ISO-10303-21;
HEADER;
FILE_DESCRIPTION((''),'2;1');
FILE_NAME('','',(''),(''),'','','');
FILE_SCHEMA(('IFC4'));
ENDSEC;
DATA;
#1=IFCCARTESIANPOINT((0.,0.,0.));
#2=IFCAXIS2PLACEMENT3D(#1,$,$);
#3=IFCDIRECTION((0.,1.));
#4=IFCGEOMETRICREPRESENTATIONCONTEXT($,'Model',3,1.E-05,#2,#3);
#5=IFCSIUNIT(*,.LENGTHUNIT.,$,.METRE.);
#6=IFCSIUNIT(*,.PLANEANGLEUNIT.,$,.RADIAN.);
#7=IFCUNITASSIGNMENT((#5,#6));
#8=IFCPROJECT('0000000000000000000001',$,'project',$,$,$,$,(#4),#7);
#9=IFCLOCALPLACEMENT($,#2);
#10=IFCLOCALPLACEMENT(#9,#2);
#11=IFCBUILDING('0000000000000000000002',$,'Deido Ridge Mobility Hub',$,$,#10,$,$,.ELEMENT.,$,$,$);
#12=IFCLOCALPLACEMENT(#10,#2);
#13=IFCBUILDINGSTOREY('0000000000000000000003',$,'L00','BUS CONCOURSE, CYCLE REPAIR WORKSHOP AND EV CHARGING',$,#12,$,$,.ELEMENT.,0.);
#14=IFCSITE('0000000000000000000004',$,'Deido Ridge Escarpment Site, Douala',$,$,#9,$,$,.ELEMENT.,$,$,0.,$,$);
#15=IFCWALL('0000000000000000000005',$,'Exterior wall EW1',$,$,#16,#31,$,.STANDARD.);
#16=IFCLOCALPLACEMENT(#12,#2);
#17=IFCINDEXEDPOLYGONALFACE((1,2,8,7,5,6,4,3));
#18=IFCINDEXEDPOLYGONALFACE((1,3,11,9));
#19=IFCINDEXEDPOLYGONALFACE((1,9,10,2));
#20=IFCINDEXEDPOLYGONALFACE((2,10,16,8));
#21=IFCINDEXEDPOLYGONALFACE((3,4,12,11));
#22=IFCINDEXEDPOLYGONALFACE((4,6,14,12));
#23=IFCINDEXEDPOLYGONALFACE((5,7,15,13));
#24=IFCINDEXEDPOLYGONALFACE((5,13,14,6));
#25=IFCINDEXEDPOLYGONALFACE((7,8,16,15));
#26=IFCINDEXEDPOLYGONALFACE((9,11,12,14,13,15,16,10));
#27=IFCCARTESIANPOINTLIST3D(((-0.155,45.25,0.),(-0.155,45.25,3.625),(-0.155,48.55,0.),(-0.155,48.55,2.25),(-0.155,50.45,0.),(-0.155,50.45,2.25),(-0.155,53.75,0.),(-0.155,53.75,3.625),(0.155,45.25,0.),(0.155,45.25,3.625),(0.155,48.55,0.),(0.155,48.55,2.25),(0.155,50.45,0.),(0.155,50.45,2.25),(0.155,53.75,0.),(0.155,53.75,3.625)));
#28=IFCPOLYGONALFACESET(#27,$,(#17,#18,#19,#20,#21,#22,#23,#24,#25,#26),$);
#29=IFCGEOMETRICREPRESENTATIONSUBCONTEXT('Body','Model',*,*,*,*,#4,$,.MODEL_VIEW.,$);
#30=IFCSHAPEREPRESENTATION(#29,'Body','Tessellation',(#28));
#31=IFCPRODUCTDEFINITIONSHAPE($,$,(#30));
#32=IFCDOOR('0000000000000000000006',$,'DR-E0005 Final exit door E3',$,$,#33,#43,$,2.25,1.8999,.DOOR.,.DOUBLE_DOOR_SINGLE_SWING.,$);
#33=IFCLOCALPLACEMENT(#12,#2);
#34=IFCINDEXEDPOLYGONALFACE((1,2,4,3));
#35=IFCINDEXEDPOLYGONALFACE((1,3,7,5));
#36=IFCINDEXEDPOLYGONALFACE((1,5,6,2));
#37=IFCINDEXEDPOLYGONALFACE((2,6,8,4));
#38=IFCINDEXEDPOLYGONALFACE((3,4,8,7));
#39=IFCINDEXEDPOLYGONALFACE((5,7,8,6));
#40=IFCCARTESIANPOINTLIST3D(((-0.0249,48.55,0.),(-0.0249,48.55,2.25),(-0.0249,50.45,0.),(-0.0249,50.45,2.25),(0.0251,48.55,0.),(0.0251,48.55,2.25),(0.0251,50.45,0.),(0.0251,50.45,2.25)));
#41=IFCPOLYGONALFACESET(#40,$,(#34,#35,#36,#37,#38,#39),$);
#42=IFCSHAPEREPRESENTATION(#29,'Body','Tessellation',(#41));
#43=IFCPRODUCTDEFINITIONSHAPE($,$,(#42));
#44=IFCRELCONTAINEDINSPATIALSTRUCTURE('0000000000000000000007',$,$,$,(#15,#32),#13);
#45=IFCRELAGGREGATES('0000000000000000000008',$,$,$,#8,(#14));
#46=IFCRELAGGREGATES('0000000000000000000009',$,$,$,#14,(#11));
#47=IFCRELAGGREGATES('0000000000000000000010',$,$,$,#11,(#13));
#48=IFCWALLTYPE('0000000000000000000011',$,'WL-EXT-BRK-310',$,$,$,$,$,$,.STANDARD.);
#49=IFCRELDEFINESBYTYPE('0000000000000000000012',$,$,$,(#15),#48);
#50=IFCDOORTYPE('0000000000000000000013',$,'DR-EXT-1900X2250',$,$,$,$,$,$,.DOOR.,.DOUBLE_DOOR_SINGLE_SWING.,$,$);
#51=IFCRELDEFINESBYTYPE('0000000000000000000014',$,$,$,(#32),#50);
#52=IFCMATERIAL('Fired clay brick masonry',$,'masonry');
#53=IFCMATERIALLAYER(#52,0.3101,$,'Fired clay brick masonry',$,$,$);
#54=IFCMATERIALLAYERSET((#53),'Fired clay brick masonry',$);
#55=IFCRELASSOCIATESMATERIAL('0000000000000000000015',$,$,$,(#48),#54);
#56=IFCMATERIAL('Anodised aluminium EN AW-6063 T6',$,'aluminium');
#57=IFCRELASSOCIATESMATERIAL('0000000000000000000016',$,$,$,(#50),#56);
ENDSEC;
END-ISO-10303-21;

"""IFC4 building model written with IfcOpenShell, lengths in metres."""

from ifc_helpers import new_model, si_unit, direction, frame, frame_2d, origin, place, context, subcontext, project, spatial, rectangle, extrude, material, layer, layer_set, type_object, element, fill, save


model = new_model("IFC4")

# Units and contexts
model_context = context("Model", 3, precision=1e-05, world=origin(), true_north=direction((0.0, 1.0)))
body_context = subcontext(model_context, "Body", "Model", "MODEL_VIEW")
ifc_project = project(units=[si_unit("LENGTHUNIT", "METRE"), si_unit("PLANEANGLEUNIT", "RADIAN")], contexts=[model_context])

# Site, building, storey
site_placement = place(None, origin())
site = spatial("IfcSite", under=ifc_project, at=site_placement, Name="Deido Ridge Escarpment Site, Douala", CompositionType="ELEMENT", RefElevation=0.0)
building_placement = place(site_placement, origin())
building = spatial("IfcBuilding", under=site, at=building_placement, Name="Deido Ridge Mobility Hub", CompositionType="ELEMENT")
storey_placement = place(building_placement, origin())
storey = spatial("IfcBuildingStorey", under=building, at=storey_placement, Name="L00", Description="BUS CONCOURSE, CYCLE REPAIR WORKSHOP AND EV CHARGING", CompositionType="ELEMENT", Elevation=0.0)

# Shared definitions
ifc_material_1 = material(Name="Fired clay brick masonry", Category="masonry")

# Wall, opening, door
ifc_layer_1 = layer(ifc_material_1, 0.3101, Name="Fired clay brick masonry")
ifc_layer_set_1 = layer_set([ifc_layer_1], Name="Fired clay brick masonry")
wall_type_1 = type_object("IfcWallType", Name="WL-EXT-BRK-310", PredefinedType="STANDARD", material=ifc_layer_set_1)
wall_1_placement = place(storey_placement, frame((0.0, 45.25, 0.0), z_axis=(0.0, 0.0, 1.0), x_axis=(0.0, 1.0, 0.0)))
wall_1 = element("IfcWall", 1, at=wall_1_placement, inside=storey, type_object=wall_type_1, Name="Exterior wall EW1", PredefinedType="STANDARD", context=body_context, shape_type="SweptSolid", body=[
    extrude(rectangle(XDim=8.5, YDim=0.3101, at=frame_2d((4.25, 0.0))), origin(), (0.0, 0.0, 1.0), 3.625),
])
opening_1_placement = place(wall_1_placement, frame((3.3, 0.0, 0.0)))
opening_1 = element("IfcOpeningElement", 2, at=opening_1_placement, cuts=wall_1, PredefinedType="OPENING", context=body_context, shape_type="SweptSolid", body=[
    extrude(rectangle(XDim=1.8999, YDim=2.25, at=frame_2d((0.95, 1.125))), frame((0.0, 0.165, 0.0), z_axis=(0.0, -1.0, 0.0), x_axis=(1.0, 0.0, 0.0)), (0.0, 0.0, 1.0), 0.3301),
])
ifc_material_2 = material(Name="Anodised aluminium EN AW-6063 T6", Category="aluminium")
door_type = type_object("IfcDoorType", Name="DR-EXT-1900X2250", OperationType="DOUBLE_DOOR_SINGLE_SWING", PredefinedType="DOOR", material=ifc_material_2)
door_placement = place(opening_1_placement, origin())
door = element("IfcDoor", 3, at=door_placement, inside=storey, type_object=door_type, Name="DR-E0005 Final exit door E3", OperationType="DOUBLE_DOOR_SINGLE_SWING", OverallHeight=2.25, OverallWidth=1.8999, PredefinedType="DOOR", context=body_context, shape_type="SweptSolid", body=[
    extrude(rectangle(XDim=1.8999, YDim=2.25, at=frame_2d((0.95, 1.125))), frame((0.0, 0.0249, 0.0), z_axis=(0.0, -1.0, 0.0), x_axis=(1.0, 0.0, 0.0)), (0.0, 0.0, 1.0), 0.05),
])
fill(opening_1, door)

save(model, "model.ifc")
